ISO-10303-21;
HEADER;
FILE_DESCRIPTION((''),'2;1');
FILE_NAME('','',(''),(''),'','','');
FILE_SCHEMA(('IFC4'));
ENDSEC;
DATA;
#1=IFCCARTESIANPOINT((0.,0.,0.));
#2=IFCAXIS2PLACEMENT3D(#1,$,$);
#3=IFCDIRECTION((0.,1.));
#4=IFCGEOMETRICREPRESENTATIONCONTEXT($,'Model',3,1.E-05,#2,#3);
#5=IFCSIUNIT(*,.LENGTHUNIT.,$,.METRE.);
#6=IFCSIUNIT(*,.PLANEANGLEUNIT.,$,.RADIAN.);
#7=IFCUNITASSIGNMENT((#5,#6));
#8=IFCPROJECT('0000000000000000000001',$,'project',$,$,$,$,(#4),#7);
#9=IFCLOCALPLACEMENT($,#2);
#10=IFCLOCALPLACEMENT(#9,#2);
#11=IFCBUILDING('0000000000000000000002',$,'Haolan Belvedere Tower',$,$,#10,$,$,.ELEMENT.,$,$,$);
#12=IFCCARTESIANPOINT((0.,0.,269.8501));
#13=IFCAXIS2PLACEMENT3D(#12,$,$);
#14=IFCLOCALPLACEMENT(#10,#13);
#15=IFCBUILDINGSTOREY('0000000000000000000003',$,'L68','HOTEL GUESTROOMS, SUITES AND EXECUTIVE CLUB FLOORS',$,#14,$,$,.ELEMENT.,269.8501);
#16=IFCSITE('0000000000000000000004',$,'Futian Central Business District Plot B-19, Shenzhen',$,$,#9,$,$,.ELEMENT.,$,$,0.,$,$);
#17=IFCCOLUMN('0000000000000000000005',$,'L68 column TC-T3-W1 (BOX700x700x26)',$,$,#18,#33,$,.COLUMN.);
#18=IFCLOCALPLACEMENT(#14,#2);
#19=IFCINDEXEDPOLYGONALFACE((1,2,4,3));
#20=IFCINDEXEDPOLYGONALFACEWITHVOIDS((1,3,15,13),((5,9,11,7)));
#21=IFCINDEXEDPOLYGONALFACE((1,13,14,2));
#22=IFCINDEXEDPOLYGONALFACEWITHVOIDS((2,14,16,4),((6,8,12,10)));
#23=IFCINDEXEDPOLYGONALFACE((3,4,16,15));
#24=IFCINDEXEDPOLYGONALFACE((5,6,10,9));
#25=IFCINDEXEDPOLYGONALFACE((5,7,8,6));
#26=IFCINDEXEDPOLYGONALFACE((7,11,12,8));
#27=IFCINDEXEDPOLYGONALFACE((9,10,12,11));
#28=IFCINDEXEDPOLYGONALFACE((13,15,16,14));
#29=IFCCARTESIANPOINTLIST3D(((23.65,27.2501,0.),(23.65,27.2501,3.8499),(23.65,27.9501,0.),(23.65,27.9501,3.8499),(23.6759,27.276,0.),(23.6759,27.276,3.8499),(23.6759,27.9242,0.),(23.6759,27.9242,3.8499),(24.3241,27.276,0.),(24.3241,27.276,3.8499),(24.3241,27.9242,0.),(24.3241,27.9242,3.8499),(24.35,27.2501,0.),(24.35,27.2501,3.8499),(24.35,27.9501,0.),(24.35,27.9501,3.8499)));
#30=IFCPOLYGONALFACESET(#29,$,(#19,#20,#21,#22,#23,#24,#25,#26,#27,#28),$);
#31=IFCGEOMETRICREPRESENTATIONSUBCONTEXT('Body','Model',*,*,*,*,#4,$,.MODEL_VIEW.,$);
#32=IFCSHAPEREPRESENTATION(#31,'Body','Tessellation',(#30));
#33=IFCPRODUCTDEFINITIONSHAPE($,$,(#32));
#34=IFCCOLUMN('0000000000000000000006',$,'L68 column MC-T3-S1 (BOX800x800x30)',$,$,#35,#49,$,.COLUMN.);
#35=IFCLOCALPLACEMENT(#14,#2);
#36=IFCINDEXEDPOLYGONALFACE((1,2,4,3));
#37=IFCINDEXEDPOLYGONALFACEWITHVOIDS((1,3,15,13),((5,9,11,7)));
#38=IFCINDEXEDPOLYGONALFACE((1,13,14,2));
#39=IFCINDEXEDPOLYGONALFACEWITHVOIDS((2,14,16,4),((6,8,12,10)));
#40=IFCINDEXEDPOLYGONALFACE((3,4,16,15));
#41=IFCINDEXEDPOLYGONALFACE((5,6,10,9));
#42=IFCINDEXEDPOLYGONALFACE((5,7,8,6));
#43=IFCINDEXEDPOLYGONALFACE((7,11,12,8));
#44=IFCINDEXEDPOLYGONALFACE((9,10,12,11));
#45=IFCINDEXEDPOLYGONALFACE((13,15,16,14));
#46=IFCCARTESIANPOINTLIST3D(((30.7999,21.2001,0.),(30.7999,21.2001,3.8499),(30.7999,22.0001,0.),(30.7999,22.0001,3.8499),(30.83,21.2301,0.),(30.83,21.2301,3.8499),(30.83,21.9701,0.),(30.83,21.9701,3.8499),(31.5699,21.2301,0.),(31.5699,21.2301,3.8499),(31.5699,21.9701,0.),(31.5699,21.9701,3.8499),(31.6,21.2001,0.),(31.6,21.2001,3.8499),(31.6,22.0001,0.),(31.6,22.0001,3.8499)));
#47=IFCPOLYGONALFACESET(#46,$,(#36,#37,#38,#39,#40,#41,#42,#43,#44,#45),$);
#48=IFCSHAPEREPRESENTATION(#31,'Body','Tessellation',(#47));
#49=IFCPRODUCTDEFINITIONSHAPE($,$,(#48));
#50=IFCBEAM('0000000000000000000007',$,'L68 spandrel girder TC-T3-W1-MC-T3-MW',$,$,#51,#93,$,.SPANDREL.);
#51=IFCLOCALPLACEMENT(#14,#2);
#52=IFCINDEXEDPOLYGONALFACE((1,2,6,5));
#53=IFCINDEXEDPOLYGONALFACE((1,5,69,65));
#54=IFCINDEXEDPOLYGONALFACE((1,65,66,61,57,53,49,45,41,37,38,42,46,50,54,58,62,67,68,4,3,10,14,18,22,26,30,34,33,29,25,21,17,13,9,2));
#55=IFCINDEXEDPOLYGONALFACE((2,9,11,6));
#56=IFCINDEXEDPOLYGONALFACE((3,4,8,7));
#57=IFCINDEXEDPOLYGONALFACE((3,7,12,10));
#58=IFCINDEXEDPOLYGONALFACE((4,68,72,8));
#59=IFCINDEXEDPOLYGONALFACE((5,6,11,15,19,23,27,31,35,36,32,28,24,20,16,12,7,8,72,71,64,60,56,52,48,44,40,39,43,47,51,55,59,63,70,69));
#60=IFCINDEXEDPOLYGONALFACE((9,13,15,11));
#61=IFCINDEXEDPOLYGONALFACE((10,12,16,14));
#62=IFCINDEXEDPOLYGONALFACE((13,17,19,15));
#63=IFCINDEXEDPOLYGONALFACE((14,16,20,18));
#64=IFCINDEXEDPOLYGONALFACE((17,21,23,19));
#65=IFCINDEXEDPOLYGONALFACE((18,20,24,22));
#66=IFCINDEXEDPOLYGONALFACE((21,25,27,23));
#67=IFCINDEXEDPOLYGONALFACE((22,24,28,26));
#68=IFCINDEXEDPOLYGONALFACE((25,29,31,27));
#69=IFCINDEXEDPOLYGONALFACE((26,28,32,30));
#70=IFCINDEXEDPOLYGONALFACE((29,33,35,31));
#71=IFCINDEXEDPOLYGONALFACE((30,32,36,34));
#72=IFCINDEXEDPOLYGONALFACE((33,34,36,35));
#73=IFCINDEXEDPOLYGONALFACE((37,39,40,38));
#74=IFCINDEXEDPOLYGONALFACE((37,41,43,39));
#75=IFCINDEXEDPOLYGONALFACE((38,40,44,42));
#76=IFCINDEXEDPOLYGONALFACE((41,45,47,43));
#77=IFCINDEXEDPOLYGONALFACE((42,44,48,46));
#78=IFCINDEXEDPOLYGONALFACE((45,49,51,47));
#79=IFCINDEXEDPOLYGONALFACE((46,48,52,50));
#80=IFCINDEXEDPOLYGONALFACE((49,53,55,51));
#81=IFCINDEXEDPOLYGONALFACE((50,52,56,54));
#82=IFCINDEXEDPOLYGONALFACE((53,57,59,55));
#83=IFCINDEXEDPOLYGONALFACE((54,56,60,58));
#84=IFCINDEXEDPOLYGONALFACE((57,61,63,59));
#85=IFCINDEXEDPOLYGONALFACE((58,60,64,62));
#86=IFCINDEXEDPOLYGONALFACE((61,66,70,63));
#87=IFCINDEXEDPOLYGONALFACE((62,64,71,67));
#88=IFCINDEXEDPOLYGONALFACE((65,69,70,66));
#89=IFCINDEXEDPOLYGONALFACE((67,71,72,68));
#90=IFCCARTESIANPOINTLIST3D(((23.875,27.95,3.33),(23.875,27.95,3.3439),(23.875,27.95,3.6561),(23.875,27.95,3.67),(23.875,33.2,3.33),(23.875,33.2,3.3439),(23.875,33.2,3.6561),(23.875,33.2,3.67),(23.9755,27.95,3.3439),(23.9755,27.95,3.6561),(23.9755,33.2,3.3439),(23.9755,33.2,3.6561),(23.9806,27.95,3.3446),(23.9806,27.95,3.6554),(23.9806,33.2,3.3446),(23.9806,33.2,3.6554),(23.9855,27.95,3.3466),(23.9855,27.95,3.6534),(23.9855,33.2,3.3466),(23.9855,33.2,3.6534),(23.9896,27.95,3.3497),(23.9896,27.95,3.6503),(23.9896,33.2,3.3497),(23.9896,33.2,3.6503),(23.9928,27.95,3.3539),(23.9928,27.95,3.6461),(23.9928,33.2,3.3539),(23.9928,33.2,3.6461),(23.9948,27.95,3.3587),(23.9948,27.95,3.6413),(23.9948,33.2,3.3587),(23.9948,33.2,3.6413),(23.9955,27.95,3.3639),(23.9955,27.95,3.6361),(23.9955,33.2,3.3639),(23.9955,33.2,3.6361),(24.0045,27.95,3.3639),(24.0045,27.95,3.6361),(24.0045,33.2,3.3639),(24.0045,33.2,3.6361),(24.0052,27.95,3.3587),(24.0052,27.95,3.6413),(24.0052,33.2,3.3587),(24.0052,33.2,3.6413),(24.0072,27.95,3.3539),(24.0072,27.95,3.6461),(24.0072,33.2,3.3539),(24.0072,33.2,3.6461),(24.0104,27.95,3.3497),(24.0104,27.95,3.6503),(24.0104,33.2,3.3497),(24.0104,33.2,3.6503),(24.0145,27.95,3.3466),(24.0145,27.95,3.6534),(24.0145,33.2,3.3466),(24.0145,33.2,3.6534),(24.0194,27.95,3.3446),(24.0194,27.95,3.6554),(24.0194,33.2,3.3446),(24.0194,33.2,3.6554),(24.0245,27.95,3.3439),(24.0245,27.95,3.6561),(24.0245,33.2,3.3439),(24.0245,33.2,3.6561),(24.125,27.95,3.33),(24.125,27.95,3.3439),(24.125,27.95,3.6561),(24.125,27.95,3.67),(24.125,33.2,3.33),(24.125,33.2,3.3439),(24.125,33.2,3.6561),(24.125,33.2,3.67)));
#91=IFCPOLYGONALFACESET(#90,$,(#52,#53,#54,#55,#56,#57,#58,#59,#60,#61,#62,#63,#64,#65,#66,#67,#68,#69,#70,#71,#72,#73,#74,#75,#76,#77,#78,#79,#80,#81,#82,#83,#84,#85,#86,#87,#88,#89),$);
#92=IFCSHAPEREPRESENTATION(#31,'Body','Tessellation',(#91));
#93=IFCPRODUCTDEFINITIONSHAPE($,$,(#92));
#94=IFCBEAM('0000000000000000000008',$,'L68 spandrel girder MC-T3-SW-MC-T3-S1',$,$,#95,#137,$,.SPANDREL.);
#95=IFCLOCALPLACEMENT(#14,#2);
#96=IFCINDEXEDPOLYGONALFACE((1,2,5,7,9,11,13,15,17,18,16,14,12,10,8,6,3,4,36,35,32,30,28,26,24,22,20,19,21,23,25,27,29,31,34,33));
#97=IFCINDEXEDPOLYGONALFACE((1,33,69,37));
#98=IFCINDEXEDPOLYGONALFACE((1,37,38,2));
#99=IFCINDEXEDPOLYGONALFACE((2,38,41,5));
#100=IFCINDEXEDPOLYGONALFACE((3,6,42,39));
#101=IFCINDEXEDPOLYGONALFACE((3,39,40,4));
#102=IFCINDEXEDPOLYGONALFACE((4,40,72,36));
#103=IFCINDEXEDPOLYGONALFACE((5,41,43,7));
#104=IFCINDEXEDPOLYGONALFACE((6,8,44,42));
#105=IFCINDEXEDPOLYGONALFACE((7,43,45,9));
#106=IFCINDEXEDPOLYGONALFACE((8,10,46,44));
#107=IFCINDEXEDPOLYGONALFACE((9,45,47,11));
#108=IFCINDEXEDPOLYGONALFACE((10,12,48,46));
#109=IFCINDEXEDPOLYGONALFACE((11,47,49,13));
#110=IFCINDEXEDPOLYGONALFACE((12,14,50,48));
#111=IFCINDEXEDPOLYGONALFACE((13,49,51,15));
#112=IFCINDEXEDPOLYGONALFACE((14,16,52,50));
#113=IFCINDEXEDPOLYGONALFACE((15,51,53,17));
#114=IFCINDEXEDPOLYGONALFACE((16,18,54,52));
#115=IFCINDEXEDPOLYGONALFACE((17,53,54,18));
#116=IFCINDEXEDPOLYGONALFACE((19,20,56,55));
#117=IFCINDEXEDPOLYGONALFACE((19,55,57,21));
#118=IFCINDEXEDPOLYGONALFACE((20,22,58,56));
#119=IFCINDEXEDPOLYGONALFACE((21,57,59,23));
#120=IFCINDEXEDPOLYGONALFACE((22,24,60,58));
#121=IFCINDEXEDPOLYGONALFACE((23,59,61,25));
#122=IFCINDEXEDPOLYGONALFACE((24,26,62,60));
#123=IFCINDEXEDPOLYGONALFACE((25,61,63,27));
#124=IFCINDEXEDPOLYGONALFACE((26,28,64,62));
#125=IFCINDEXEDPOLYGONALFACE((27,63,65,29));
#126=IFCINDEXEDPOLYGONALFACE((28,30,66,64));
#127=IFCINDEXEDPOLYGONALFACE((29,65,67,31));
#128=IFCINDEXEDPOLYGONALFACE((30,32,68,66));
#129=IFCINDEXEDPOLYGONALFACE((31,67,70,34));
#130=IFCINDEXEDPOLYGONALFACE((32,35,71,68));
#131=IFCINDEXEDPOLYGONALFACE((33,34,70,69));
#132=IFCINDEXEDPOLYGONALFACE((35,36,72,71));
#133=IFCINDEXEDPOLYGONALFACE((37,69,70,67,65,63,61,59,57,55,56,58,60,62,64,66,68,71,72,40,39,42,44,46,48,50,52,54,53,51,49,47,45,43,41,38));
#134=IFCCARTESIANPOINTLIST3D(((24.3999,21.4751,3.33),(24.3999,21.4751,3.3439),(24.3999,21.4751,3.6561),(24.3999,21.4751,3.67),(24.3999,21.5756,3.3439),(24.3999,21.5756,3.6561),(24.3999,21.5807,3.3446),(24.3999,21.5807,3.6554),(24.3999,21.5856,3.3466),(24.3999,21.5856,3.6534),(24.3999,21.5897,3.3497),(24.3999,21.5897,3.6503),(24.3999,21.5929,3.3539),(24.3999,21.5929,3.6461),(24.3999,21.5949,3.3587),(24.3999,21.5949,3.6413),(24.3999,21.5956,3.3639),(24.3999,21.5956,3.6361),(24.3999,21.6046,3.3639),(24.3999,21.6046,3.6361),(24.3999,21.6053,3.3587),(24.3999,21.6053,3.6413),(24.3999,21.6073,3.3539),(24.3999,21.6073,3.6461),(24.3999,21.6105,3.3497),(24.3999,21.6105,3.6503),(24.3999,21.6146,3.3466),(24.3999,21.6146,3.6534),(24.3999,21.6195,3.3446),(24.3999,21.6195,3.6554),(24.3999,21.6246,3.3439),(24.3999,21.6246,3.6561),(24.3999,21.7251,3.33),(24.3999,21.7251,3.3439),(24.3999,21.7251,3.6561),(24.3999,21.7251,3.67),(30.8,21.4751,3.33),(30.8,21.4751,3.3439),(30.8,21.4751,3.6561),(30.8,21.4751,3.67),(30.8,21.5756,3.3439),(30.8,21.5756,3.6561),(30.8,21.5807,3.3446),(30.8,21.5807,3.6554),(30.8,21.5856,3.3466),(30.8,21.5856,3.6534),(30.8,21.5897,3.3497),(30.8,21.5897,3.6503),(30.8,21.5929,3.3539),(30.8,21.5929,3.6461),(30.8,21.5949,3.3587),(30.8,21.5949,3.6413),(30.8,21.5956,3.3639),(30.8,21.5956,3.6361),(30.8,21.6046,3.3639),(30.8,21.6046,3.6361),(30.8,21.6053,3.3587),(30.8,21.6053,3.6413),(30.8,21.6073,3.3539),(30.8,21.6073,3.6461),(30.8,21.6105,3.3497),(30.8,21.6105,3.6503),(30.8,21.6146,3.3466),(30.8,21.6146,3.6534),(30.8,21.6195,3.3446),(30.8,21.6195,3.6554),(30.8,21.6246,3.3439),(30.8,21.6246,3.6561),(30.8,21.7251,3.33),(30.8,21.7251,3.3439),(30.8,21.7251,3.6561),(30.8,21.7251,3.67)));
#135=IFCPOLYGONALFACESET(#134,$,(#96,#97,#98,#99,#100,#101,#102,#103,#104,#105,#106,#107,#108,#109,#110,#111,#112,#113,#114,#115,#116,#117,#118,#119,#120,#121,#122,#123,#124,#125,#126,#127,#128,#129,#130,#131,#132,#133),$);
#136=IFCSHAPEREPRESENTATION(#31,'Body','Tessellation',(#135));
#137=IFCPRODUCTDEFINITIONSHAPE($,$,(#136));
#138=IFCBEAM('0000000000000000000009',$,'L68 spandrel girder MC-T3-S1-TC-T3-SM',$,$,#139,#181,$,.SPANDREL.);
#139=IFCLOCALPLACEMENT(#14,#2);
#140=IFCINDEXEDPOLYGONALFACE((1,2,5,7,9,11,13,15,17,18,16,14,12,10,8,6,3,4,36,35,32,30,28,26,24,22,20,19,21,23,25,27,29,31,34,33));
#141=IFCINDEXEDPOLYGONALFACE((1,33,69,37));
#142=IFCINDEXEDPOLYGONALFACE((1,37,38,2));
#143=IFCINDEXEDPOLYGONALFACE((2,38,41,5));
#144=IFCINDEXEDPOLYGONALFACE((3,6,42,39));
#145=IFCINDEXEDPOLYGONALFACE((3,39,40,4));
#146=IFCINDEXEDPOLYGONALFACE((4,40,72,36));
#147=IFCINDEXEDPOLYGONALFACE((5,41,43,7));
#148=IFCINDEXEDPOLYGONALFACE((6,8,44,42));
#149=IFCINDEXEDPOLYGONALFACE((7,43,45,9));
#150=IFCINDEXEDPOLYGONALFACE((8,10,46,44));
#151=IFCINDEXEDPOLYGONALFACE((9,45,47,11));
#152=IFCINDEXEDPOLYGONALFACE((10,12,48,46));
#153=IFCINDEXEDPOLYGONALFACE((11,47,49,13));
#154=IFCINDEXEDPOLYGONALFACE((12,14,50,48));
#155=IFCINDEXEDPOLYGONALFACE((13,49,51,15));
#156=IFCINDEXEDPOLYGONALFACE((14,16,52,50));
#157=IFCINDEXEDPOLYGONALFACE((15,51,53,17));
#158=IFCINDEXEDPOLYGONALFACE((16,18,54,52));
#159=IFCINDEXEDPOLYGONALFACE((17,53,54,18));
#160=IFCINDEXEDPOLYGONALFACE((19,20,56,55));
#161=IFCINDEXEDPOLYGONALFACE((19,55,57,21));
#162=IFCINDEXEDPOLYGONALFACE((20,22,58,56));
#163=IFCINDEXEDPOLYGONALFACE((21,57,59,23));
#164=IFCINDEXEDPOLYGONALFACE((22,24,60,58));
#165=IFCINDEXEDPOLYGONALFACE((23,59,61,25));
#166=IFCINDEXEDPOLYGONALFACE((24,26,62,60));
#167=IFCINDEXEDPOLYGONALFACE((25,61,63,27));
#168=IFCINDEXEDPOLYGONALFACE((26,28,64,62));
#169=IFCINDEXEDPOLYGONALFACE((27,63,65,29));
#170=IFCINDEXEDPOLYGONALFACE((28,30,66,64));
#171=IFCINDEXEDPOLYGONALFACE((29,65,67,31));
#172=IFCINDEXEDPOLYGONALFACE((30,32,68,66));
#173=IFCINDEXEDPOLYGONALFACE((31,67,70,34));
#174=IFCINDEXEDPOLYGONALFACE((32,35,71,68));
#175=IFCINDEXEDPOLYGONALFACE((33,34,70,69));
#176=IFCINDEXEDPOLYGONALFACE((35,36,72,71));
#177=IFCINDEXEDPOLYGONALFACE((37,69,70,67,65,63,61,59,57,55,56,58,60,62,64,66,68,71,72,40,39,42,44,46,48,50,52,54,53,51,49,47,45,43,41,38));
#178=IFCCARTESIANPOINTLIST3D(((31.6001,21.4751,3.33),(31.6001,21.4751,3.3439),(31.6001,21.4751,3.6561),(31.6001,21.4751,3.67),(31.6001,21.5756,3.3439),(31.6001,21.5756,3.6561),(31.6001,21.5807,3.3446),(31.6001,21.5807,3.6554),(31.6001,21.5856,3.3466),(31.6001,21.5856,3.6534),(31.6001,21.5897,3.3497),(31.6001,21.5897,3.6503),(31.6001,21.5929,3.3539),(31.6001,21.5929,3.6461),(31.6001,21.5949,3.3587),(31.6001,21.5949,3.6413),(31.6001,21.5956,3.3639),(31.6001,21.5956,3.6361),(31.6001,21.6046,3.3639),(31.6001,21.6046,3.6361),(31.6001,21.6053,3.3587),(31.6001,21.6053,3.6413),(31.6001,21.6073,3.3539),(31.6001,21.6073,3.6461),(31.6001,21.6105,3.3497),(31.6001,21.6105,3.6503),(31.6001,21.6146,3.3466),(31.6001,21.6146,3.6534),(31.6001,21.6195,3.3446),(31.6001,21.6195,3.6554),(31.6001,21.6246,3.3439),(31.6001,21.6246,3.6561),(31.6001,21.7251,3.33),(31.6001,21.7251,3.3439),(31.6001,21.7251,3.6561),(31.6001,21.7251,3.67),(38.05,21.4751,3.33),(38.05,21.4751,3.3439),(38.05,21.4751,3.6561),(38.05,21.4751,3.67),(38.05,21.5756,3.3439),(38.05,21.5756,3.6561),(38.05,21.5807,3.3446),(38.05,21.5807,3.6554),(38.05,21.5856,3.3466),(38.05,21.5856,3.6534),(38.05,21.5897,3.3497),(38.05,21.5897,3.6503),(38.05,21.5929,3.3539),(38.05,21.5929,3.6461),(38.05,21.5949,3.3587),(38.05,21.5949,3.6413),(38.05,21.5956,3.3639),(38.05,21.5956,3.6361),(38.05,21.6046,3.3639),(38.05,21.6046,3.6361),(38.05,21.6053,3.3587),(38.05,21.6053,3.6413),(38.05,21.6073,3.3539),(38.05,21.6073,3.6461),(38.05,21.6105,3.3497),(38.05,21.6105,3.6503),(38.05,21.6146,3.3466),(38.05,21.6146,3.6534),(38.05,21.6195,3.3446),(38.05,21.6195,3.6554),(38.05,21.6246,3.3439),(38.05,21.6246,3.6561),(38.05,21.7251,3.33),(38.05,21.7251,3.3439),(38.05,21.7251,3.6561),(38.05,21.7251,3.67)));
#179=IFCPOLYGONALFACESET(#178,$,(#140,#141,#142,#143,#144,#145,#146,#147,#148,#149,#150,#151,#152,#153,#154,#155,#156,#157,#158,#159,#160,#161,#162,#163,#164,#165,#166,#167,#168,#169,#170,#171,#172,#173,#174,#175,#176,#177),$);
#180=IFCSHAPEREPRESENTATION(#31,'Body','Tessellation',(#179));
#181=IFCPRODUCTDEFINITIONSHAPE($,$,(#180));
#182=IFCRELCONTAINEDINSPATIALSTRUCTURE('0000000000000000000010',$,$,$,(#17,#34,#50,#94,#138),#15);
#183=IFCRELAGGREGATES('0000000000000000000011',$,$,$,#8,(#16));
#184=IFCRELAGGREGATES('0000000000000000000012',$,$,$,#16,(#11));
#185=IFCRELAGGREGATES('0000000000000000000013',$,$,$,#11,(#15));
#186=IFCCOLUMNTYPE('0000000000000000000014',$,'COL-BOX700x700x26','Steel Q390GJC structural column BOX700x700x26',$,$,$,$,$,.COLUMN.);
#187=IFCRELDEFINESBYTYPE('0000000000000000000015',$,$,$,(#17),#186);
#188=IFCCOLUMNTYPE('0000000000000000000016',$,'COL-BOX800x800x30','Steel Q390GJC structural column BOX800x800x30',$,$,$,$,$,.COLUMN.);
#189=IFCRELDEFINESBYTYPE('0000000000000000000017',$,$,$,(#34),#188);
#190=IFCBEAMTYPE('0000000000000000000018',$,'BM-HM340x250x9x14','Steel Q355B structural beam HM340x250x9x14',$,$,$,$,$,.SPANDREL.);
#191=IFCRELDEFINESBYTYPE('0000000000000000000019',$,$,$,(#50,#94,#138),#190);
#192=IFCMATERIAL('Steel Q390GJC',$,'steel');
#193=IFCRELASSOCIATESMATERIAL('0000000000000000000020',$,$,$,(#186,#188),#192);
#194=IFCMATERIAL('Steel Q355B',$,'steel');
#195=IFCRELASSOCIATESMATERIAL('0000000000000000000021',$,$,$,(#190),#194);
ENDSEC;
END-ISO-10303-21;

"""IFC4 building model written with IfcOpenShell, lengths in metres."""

from ifc_helpers import new_model, si_unit, direction, frame, origin, origin_2d, place, context, subcontext, project, spatial, hollow_rectangle, i_section, extrude, material, material_profile, profile_set, type_object, element, save


model = new_model("IFC4")

# Units and contexts
model_context = context("Model", 3, precision=1e-05, world=origin(), true_north=direction((0.0, 1.0)))
body_context = subcontext(model_context, "Body", "Model", "MODEL_VIEW")
ifc_project = project(units=[si_unit("LENGTHUNIT", "METRE"), si_unit("PLANEANGLEUNIT", "RADIAN")], contexts=[model_context])

# Site, building, storey
site_placement = place(None, origin())
site = spatial("IfcSite", under=ifc_project, at=site_placement, Name="Futian Central Business District Plot B-19, Shenzhen", CompositionType="ELEMENT", RefElevation=0.0)
building_placement = place(site_placement, origin())
building = spatial("IfcBuilding", under=site, at=building_placement, Name="Haolan Belvedere Tower", CompositionType="ELEMENT")
storey_placement = place(building_placement, frame((0.0, 0.0, 269.8501)))
storey = spatial("IfcBuildingStorey", under=building, at=storey_placement, Name="L68", Description="HOTEL GUESTROOMS, SUITES AND EXECUTIVE CLUB FLOORS", CompositionType="ELEMENT", Elevation=269.8501)

# Columns
ifc_material_1 = material(Name="Steel Q390GJC", Category="steel")
ifc_material_profile_1 = material_profile(ifc_material_1, hollow_rectangle(XDim=0.7, YDim=0.7, WallThickness=0.0259, at=origin_2d()), Name="Steel Q390GJC")
ifc_profile_set_1 = profile_set([ifc_material_profile_1], Name="Steel Q390GJC")
column_type_1 = type_object("IfcColumnType", Name="COL-BOX700x700x26", Description="Steel Q390GJC structural column BOX700x700x26", PredefinedType="COLUMN", material=ifc_profile_set_1)
column_1_placement = place(storey_placement, frame((24.0, 27.6001, 0.0), z_axis=(0.0, 0.0, 1.0), x_axis=(1.0, 0.0, 0.0)))
element("IfcColumn", 1, at=column_1_placement, inside=storey, type_object=column_type_1, Name="L68 column TC-T3-W1 (BOX700x700x26)", PredefinedType="COLUMN", context=body_context, shape_type="SweptSolid", body=[
    extrude(hollow_rectangle(XDim=0.7, YDim=0.7, WallThickness=0.0259, at=origin_2d()), origin(), (0.0, 0.0, 1.0), 3.8499),
])
ifc_material_profile_2 = material_profile(ifc_material_1, hollow_rectangle(XDim=0.8, YDim=0.8, WallThickness=0.03, at=origin_2d()), Name="Steel Q390GJC")
ifc_profile_set_2 = profile_set([ifc_material_profile_2], Name="Steel Q390GJC")
column_type_2 = type_object("IfcColumnType", Name="COL-BOX800x800x30", Description="Steel Q390GJC structural column BOX800x800x30", PredefinedType="COLUMN", material=ifc_profile_set_2)
column_2_placement = place(storey_placement, frame((31.2, 21.6001, 0.0), z_axis=(0.0, 0.0, 1.0), x_axis=(1.0, 0.0, 0.0)))
element("IfcColumn", 2, at=column_2_placement, inside=storey, type_object=column_type_2, Name="L68 column MC-T3-S1 (BOX800x800x30)", PredefinedType="COLUMN", context=body_context, shape_type="SweptSolid", body=[
    extrude(hollow_rectangle(XDim=0.8, YDim=0.8, WallThickness=0.03, at=origin_2d()), origin(), (0.0, 0.0, 1.0), 3.8499),
])

# Beams
ifc_material_2 = material(Name="Steel Q355B", Category="steel")
ifc_material_profile_3 = material_profile(ifc_material_2, i_section(OverallWidth=0.25, OverallDepth=0.3401, WebThickness=0.009, FlangeThickness=0.0139, FilletRadius=0.02, at=origin_2d()), Name="Steel Q355B")
ifc_profile_set_3 = profile_set([ifc_material_profile_3], Name="Steel Q355B")
beam_type_1 = type_object("IfcBeamType", Name="BM-HM340x250x9x14", Description="Steel Q355B structural beam HM340x250x9x14", PredefinedType="SPANDREL", material=ifc_profile_set_3)
beam_1_placement = place(storey_placement, frame((24.0, 27.95, 3.5), z_axis=(0.0, 1.0, 0.0), x_axis=(-1.0, 0.0, 0.0)))
element("IfcBeam", 3, at=beam_1_placement, inside=storey, type_object=beam_type_1, Name="L68 spandrel girder TC-T3-W1-MC-T3-MW", PredefinedType="SPANDREL", context=body_context, shape_type="SweptSolid", body=[
    extrude(i_section(OverallWidth=0.25, OverallDepth=0.3401, WebThickness=0.009, FlangeThickness=0.0139, FilletRadius=0.02, at=origin_2d()), origin(), (0.0, 0.0, 1.0), 5.25),
])
beam_2_placement = place(storey_placement, frame((24.3999, 21.6001, 3.5), z_axis=(1.0, 0.0, 0.0), x_axis=(0.0, 1.0, 0.0)))
element("IfcBeam", 4, at=beam_2_placement, inside=storey, type_object=beam_type_1, Name="L68 spandrel girder MC-T3-SW-MC-T3-S1", PredefinedType="SPANDREL", context=body_context, shape_type="SweptSolid", body=[
    extrude(i_section(OverallWidth=0.25, OverallDepth=0.3401, WebThickness=0.009, FlangeThickness=0.0139, FilletRadius=0.02, at=origin_2d()), origin(), (0.0, 0.0, 1.0), 6.4001),
])
beam_3_placement = place(storey_placement, frame((31.6001, 21.6001, 3.5), z_axis=(1.0, 0.0, 0.0), x_axis=(0.0, 1.0, 0.0)))
element("IfcBeam", 5, at=beam_3_placement, inside=storey, type_object=beam_type_1, Name="L68 spandrel girder MC-T3-S1-TC-T3-SM", PredefinedType="SPANDREL", context=body_context, shape_type="SweptSolid", body=[
    extrude(i_section(OverallWidth=0.25, OverallDepth=0.3401, WebThickness=0.009, FlangeThickness=0.0139, FilletRadius=0.02, at=origin_2d()), origin(), (0.0, 0.0, 1.0), 6.45),
])

save(model, "model.ifc")
